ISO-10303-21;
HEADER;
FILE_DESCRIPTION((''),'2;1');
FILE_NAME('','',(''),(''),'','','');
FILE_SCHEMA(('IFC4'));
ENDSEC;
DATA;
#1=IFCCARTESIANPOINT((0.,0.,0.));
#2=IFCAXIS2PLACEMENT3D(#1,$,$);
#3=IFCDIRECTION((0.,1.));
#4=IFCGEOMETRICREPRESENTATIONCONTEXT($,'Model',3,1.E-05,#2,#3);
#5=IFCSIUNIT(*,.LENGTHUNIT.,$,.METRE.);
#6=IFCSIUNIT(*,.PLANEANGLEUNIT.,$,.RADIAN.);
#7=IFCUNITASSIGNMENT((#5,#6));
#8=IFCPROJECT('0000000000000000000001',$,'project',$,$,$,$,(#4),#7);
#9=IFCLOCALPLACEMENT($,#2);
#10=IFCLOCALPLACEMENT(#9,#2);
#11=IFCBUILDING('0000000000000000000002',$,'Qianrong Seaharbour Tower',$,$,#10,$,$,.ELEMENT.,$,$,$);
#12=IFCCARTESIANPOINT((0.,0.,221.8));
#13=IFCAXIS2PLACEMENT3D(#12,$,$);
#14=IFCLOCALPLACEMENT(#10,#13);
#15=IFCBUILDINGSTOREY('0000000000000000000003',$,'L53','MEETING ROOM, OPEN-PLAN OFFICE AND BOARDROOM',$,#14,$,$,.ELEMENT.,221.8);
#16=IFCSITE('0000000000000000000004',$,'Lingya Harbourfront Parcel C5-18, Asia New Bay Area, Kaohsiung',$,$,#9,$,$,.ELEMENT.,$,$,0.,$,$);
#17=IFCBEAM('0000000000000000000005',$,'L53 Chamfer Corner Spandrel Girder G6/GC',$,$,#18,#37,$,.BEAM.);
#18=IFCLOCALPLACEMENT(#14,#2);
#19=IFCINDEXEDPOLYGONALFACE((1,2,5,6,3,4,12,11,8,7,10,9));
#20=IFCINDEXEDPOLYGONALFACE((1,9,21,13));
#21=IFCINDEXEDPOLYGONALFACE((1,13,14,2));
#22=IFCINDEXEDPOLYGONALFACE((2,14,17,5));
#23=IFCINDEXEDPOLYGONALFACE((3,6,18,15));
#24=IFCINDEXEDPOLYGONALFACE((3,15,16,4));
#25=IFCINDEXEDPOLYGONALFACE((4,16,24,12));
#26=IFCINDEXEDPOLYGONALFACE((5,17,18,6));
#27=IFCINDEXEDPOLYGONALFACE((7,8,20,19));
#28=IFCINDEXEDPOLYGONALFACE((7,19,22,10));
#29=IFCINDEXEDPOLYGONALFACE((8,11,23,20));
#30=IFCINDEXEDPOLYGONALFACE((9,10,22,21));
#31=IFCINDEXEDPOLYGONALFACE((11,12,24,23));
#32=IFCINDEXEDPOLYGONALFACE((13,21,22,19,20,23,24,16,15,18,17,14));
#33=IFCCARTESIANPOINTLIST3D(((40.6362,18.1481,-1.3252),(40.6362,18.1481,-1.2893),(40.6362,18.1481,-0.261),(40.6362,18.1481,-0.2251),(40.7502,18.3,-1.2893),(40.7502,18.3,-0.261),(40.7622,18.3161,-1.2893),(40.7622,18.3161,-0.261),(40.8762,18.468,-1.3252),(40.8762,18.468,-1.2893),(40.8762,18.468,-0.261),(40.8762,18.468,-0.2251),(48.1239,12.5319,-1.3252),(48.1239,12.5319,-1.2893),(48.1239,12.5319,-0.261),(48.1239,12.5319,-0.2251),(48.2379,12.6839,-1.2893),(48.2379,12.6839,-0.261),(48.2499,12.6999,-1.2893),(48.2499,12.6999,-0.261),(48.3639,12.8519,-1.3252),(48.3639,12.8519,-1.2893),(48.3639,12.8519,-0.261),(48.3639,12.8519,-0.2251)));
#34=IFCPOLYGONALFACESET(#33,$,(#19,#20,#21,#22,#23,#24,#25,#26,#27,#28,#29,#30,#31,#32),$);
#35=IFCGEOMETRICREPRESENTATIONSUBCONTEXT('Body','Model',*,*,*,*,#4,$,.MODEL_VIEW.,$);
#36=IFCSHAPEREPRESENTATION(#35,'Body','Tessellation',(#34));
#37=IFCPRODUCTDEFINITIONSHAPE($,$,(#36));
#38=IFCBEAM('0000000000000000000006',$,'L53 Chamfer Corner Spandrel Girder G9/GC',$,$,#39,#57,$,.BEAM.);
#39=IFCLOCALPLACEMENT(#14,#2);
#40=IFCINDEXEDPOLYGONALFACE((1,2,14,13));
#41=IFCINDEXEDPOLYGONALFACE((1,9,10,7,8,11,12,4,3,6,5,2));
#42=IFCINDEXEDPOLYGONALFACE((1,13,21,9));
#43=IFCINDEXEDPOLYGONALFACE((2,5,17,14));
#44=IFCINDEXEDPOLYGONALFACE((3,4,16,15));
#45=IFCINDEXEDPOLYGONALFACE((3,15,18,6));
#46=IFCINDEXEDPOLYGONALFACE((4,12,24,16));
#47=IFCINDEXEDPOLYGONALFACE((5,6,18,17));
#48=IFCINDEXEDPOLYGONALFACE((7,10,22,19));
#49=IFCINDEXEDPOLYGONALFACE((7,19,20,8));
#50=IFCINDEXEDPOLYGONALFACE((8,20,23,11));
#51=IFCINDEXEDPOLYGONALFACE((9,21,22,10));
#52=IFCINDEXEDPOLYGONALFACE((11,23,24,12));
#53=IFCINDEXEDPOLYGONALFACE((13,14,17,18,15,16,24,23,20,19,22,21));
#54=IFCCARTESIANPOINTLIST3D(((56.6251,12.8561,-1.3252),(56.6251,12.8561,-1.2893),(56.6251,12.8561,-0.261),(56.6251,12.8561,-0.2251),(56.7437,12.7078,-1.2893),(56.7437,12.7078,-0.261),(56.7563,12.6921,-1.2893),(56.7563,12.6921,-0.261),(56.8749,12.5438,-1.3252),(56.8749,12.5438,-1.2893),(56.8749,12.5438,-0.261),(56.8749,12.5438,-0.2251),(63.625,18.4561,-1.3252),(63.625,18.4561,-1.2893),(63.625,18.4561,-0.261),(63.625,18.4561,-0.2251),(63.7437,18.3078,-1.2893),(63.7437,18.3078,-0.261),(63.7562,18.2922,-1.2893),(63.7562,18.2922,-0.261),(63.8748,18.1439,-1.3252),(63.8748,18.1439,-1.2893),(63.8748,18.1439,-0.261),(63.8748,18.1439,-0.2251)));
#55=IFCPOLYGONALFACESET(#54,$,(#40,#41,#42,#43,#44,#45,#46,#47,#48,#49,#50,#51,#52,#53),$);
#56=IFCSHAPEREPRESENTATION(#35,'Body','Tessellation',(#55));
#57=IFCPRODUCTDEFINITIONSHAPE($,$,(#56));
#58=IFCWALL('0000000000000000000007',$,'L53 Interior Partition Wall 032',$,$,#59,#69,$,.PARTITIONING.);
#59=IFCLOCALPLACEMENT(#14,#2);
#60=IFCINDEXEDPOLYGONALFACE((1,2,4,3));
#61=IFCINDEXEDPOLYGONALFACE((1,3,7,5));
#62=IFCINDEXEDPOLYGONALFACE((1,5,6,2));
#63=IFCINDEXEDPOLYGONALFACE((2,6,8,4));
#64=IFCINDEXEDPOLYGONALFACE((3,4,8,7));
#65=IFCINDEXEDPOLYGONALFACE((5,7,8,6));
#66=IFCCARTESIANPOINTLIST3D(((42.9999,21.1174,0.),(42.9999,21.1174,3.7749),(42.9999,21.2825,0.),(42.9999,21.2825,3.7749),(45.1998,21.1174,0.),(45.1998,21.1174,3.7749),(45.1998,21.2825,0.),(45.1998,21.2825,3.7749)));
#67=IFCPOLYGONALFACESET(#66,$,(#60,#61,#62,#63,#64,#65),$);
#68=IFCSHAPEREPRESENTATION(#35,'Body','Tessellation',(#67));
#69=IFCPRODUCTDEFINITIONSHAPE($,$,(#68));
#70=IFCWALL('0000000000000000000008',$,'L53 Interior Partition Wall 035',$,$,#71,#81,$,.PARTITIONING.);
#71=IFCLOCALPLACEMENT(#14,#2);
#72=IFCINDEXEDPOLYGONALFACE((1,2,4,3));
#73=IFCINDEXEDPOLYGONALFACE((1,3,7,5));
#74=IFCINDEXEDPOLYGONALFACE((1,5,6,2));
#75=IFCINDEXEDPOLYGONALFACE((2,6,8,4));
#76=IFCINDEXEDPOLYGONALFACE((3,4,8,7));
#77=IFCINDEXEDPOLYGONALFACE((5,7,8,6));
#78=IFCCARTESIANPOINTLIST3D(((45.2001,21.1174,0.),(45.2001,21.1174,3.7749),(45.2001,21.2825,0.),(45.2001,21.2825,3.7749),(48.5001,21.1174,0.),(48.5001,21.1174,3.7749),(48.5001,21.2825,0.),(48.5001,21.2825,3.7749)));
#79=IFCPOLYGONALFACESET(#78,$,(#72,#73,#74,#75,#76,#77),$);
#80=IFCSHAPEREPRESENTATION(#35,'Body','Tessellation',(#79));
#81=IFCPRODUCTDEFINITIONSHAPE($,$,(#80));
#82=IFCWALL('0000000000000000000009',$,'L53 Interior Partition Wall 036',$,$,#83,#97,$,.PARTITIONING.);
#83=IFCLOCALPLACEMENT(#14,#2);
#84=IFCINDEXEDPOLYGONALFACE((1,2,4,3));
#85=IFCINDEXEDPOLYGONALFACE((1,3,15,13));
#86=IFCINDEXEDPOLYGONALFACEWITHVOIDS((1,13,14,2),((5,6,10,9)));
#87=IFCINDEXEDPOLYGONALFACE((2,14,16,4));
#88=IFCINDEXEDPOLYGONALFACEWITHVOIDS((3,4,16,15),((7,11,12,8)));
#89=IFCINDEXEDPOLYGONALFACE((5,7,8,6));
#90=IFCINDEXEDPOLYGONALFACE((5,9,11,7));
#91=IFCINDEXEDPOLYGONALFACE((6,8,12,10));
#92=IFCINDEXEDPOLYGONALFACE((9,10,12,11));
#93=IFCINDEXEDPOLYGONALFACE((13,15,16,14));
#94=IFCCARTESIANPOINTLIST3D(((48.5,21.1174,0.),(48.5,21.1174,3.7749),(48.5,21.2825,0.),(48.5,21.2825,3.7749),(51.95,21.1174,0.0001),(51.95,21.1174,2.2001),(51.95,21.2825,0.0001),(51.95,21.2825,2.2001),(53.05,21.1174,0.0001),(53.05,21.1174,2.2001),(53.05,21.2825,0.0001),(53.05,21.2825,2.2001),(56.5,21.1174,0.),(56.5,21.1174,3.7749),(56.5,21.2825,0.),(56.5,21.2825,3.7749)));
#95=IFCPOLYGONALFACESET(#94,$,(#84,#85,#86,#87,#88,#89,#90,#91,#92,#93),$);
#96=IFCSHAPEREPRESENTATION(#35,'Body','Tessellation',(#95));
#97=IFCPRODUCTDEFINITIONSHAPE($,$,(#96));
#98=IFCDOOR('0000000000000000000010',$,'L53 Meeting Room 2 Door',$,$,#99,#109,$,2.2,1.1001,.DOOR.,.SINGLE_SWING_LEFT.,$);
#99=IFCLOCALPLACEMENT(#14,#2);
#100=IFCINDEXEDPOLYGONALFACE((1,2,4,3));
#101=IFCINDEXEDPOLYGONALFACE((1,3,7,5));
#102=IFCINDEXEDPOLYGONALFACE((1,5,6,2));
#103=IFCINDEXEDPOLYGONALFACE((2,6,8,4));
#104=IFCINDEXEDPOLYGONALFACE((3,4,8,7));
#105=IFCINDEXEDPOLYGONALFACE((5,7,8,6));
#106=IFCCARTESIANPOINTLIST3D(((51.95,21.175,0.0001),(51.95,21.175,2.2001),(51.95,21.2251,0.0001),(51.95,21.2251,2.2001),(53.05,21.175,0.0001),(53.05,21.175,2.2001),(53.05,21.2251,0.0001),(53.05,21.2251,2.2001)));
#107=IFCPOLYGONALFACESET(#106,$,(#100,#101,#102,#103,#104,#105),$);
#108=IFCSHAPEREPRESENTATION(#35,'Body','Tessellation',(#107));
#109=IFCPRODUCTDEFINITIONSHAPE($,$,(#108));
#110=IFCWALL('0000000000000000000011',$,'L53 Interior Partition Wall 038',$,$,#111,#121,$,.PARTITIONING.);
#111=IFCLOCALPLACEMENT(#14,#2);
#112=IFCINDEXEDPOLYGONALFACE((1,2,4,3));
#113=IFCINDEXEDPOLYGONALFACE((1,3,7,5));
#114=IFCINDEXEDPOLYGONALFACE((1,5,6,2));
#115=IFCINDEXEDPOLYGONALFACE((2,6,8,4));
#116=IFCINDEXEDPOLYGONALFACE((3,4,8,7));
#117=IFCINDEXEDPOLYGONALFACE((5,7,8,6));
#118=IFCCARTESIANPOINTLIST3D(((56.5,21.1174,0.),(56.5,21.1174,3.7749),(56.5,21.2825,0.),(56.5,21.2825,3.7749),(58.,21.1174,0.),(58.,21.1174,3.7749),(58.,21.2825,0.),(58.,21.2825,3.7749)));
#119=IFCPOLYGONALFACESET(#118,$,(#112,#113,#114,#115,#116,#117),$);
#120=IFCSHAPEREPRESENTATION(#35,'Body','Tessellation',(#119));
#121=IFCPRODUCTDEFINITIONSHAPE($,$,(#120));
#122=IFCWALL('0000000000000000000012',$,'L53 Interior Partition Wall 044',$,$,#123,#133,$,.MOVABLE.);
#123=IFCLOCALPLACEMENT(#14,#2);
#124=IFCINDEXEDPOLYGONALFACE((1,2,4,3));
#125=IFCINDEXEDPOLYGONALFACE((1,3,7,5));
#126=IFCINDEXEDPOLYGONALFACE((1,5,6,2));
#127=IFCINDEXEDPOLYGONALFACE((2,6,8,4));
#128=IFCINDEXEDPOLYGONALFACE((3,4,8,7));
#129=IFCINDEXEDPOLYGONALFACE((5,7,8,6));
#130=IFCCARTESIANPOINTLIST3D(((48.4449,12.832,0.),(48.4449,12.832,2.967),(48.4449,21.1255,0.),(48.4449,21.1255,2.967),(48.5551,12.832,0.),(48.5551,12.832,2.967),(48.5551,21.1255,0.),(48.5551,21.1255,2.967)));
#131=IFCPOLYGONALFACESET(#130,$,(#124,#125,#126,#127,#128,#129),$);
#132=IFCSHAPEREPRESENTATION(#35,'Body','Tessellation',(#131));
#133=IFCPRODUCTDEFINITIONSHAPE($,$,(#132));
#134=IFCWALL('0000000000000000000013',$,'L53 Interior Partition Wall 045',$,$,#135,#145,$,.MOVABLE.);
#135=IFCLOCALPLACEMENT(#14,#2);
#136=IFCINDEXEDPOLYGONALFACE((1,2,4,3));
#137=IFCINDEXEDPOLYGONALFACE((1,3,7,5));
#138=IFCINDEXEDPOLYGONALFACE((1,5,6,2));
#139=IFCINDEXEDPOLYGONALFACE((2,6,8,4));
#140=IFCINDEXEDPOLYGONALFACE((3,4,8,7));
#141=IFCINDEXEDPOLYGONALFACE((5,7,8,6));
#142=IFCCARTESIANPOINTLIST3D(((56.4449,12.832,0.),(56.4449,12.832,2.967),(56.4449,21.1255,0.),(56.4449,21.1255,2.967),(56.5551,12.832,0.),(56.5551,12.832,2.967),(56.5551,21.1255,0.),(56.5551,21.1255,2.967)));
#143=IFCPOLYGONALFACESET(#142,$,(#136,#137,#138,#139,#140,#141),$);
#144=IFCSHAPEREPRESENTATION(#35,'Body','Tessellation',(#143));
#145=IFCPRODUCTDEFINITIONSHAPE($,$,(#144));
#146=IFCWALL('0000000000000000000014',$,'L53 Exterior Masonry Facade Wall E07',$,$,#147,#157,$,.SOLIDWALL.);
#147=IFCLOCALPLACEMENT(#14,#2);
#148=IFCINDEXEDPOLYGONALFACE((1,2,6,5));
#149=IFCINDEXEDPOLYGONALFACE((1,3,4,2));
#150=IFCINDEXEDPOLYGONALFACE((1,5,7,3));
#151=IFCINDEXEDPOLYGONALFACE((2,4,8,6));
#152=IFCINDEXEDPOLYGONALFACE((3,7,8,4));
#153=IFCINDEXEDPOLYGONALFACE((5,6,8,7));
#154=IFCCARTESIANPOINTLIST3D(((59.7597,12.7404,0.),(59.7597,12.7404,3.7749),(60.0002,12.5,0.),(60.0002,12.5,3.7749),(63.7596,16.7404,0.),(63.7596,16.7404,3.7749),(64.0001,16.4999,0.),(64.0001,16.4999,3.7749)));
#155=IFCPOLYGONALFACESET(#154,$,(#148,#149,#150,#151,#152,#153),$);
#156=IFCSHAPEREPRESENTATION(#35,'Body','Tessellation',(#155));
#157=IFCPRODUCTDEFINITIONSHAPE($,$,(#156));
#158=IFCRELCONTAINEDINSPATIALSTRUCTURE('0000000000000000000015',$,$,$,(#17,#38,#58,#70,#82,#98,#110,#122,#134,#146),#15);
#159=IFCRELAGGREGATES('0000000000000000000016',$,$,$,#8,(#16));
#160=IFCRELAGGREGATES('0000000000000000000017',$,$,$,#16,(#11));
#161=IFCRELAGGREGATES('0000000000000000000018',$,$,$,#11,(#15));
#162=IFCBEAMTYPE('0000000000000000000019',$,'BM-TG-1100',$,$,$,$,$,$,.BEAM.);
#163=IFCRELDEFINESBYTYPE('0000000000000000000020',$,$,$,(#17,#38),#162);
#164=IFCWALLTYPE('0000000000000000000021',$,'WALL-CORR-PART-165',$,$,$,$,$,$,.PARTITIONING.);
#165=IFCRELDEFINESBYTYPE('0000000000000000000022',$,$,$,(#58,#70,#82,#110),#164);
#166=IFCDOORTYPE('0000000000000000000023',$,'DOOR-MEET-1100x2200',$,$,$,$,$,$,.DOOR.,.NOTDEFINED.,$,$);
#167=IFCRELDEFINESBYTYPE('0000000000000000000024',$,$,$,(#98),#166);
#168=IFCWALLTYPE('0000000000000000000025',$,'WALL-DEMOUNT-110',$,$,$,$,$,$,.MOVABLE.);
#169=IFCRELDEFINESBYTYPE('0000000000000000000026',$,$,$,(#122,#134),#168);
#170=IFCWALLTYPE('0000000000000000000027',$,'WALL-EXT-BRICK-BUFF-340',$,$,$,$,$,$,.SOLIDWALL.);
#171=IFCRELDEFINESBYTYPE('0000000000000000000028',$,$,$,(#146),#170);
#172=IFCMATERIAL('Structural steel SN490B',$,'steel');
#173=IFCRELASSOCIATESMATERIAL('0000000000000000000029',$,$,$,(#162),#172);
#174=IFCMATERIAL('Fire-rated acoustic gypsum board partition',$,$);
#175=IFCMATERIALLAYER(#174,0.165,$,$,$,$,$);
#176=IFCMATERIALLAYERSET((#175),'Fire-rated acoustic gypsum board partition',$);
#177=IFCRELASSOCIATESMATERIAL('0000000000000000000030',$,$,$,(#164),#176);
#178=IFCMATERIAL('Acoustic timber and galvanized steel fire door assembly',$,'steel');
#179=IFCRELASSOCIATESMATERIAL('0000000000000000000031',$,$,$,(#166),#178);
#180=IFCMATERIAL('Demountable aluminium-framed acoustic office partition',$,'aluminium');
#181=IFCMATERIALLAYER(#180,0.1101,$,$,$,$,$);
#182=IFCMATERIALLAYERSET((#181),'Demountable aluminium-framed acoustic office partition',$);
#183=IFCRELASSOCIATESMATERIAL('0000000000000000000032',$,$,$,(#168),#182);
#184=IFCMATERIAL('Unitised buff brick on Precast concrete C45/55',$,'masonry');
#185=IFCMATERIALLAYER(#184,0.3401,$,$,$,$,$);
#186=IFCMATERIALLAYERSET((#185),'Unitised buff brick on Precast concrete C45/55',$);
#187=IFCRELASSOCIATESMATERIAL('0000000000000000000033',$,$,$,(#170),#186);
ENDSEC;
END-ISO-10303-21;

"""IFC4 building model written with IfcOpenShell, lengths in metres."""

from ifc_helpers import new_model, si_unit, direction, frame, frame_2d, origin, origin_2d, place, context, subcontext, project, spatial, rectangle, i_section, extrude, material, layer, layer_set, material_profile, profile_set, type_object, element, fill, save


model = new_model("IFC4")

# Units and contexts
model_context = context("Model", 3, precision=1e-05, world=origin(), true_north=direction((0.0, 1.0)))
body_context = subcontext(model_context, "Body", "Model", "MODEL_VIEW")
ifc_project = project(units=[si_unit("LENGTHUNIT", "METRE"), si_unit("PLANEANGLEUNIT", "RADIAN")], contexts=[model_context])

# Site, building, storey
site_placement = place(None, origin())
site = spatial("IfcSite", under=ifc_project, at=site_placement, Name="Lingya Harbourfront Parcel C5-18, Asia New Bay Area, Kaohsiung", CompositionType="ELEMENT", RefElevation=0.0)
building_placement = place(site_placement, origin())
building = spatial("IfcBuilding", under=site, at=building_placement, Name="Qianrong Seaharbour Tower", CompositionType="ELEMENT")
storey_placement = place(building_placement, frame((0.0, 0.0, 221.8)))
storey = spatial("IfcBuildingStorey", under=building, at=storey_placement, Name="L53", Description="MEETING ROOM, OPEN-PLAN OFFICE AND BOARDROOM", CompositionType="ELEMENT", Elevation=221.8)

# Shared definitions
ifc_material_1 = material(Name="Structural steel SN490B", Category="steel")

# Beams
ifc_material_profile_1 = material_profile(ifc_material_1, i_section(OverallWidth=0.3999, OverallDepth=1.1001, WebThickness=0.02, FlangeThickness=0.0359, at=origin_2d()), Name="BH1100x400x20x36")
ifc_profile_set_1 = profile_set([ifc_material_profile_1], Name="Structural steel SN490B")
beam_type_1 = type_object("IfcBeamType", Name="BM-TG-1100", PredefinedType="BEAM", material=ifc_profile_set_1)
beam_1_placement = place(storey_placement, frame((48.2439, 12.6919, -0.7751), z_axis=(-0.799981, 0.600025, 0.0), x_axis=(-0.600025, -0.799981, 0.0)))
element("IfcBeam", 1, at=beam_1_placement, inside=storey, type_object=beam_type_1, Name="L53 Chamfer Corner Spandrel Girder G6/GC", PredefinedType="BEAM", context=body_context, shape_type="SweptSolid", body=[
    extrude(i_section(OverallWidth=0.3999, OverallDepth=1.1001, WebThickness=0.02, FlangeThickness=0.0359, at=origin_2d()), origin(), (0.0, 0.0, 1.0), 9.3599),
])
beam_2_placement = place(storey_placement, frame((56.75, 12.7, -0.7751), z_axis=(0.780863, 0.624702, 0.0), x_axis=(-0.624702, 0.780863, 0.0)))
element("IfcBeam", 2, at=beam_2_placement, inside=storey, type_object=beam_type_1, Name="L53 Chamfer Corner Spandrel Girder G9/GC", PredefinedType="BEAM", context=body_context, shape_type="SweptSolid", body=[
    extrude(i_section(OverallWidth=0.3999, OverallDepth=1.1001, WebThickness=0.02, FlangeThickness=0.0359, at=origin_2d()), origin(), (0.0, 0.0, 1.0), 8.9644),
])

# Walls
ifc_material_2 = material(Name="Fire-rated acoustic gypsum board partition")
ifc_layer_1 = layer(ifc_material_2, 0.165)
ifc_layer_set_1 = layer_set([ifc_layer_1], Name="Fire-rated acoustic gypsum board partition")
wall_type_1 = type_object("IfcWallType", Name="WALL-CORR-PART-165", PredefinedType="PARTITIONING", material=ifc_layer_set_1)
wall_1_placement = place(storey_placement, frame((45.2, 21.2, 0.0), z_axis=(0.0, 0.0, 1.0), x_axis=(-1.0, 0.0, 0.0)))
element("IfcWall", 3, at=wall_1_placement, inside=storey, type_object=wall_type_1, Name="L53 Interior Partition Wall 032", PredefinedType="PARTITIONING", context=body_context, shape_type="SweptSolid", body=[
    extrude(rectangle(XDim=2.2, YDim=0.165, at=frame_2d((1.1001, 0.0))), origin(), (0.0, 0.0, 1.0), 3.7749),
])
wall_2_placement = place(storey_placement, frame((48.5, 21.2, 0.0), z_axis=(0.0, 0.0, 1.0), x_axis=(-1.0, 0.0, 0.0)))
element("IfcWall", 4, at=wall_2_placement, inside=storey, type_object=wall_type_1, Name="L53 Interior Partition Wall 035", PredefinedType="PARTITIONING", context=body_context, shape_type="SweptSolid", body=[
    extrude(rectangle(XDim=3.3, YDim=0.165, at=frame_2d((1.6499, 0.0))), origin(), (0.0, 0.0, 1.0), 3.7749),
])

# Wall, opening, door
wall_3_placement = place(storey_placement, frame((56.5, 21.2, 0.0), z_axis=(0.0, 0.0, 1.0), x_axis=(-1.0, 0.0, 0.0)))
wall_3 = element("IfcWall", 5, at=wall_3_placement, inside=storey, type_object=wall_type_1, Name="L53 Interior Partition Wall 036", PredefinedType="PARTITIONING", context=body_context, shape_type="SweptSolid", body=[
    extrude(rectangle(XDim=8.0, YDim=0.165, at=frame_2d((4.0, 0.0))), origin(), (0.0, 0.0, 1.0), 3.7749),
])
opening_1_placement = place(wall_3_placement, frame((3.45, 0.0, 0.0)))
opening_1 = element("IfcOpeningElement", 6, at=opening_1_placement, cuts=wall_3, PredefinedType="OPENING", context=body_context, shape_type="SweptSolid", body=[
    extrude(rectangle(XDim=1.1001, YDim=2.2, at=frame_2d((0.55, 1.1001))), frame((0.0, 0.0925, 0.0), z_axis=(0.0, -1.0, 0.0), x_axis=(1.0, 0.0, 0.0)), (0.0, 0.0, 1.0), 0.1851),
])
ifc_material_3 = material(Name="Acoustic timber and galvanized steel fire door assembly", Category="steel")
door_type = type_object("IfcDoorType", Name="DOOR-MEET-1100x2200", OperationType="NOTDEFINED", PredefinedType="DOOR", material=ifc_material_3)
door_placement = place(opening_1_placement, origin())
door = element("IfcDoor", 7, at=door_placement, inside=storey, type_object=door_type, Name="L53 Meeting Room 2 Door", OperationType="SINGLE_SWING_LEFT", OverallHeight=2.2, OverallWidth=1.1001, PredefinedType="DOOR", context=body_context, shape_type="SweptSolid", body=[
    extrude(rectangle(XDim=1.1001, YDim=2.2, at=frame_2d((0.55, 1.1001))), frame((0.0, 0.0249, 0.0), z_axis=(0.0, -1.0, 0.0), x_axis=(1.0, 0.0, 0.0)), (0.0, 0.0, 1.0), 0.05),
])
fill(opening_1, door)

# Walls
wall_4_placement = place(storey_placement, frame((58.0, 21.2, 0.0), z_axis=(0.0, 0.0, 1.0), x_axis=(-1.0, 0.0, 0.0)))
element("IfcWall", 8, at=wall_4_placement, inside=storey, type_object=wall_type_1, Name="L53 Interior Partition Wall 038", PredefinedType="PARTITIONING", context=body_context, shape_type="SweptSolid", body=[
    extrude(rectangle(XDim=1.5, YDim=0.165, at=frame_2d((0.75, 0.0))), origin(), (0.0, 0.0, 1.0), 3.7749),
])
ifc_material_4 = material(Name="Demountable aluminium-framed acoustic office partition", Category="aluminium")
ifc_layer_2 = layer(ifc_material_4, 0.1101)
ifc_layer_set_2 = layer_set([ifc_layer_2], Name="Demountable aluminium-framed acoustic office partition")
wall_type_2 = type_object("IfcWallType", Name="WALL-DEMOUNT-110", PredefinedType="MOVABLE", material=ifc_layer_set_2)
for number, where, z_axis, x_axis, name in (
    (9, (48.5, 21.1255, 0.0), (0.0, 0.0, 1.0), (0.0, -1.0, 0.0), "L53 Interior Partition Wall 044"),
    (10, (56.5, 21.1255, 0.0), (0.0, 0.0, 1.0), (0.0, -1.0, 0.0), "L53 Interior Partition Wall 045"),
):
    element("IfcWall", number, at=place(storey_placement, frame(where, z_axis=z_axis, x_axis=x_axis)), inside=storey, type_object=wall_type_2, Name=name, PredefinedType="MOVABLE", context=body_context, shape_type="SweptSolid", body=[
        extrude(rectangle(XDim=8.2935, YDim=0.1101, at=frame_2d((4.1467, 0.0))), origin(), (0.0, 0.0, 1.0), 2.967),
    ])
ifc_material_5 = material(Name="Unitised buff brick on Precast concrete C45/55", Category="masonry")
ifc_layer_3 = layer(ifc_material_5, 0.3401)
ifc_layer_set_3 = layer_set([ifc_layer_3], Name="Unitised buff brick on Precast concrete C45/55")
wall_type_3 = type_object("IfcWallType", Name="WALL-EXT-BRICK-BUFF-340", PredefinedType="SOLIDWALL", material=ifc_layer_set_3)
wall_5_placement = place(storey_placement, frame((63.8799, 16.6201, 0.0), z_axis=(0.0, 0.0, 1.0), x_axis=(-0.707107, -0.707107, 0.0)))
element("IfcWall", 11, at=wall_5_placement, inside=storey, type_object=wall_type_3, Name="L53 Exterior Masonry Facade Wall E07", PredefinedType="SOLIDWALL", context=body_context, shape_type="SweptSolid", body=[
    extrude(rectangle(XDim=5.6567, YDim=0.3401, at=frame_2d((2.8284, 0.0))), origin(), (0.0, 0.0, 1.0), 3.7749),
])

save(model, "model.ifc")
